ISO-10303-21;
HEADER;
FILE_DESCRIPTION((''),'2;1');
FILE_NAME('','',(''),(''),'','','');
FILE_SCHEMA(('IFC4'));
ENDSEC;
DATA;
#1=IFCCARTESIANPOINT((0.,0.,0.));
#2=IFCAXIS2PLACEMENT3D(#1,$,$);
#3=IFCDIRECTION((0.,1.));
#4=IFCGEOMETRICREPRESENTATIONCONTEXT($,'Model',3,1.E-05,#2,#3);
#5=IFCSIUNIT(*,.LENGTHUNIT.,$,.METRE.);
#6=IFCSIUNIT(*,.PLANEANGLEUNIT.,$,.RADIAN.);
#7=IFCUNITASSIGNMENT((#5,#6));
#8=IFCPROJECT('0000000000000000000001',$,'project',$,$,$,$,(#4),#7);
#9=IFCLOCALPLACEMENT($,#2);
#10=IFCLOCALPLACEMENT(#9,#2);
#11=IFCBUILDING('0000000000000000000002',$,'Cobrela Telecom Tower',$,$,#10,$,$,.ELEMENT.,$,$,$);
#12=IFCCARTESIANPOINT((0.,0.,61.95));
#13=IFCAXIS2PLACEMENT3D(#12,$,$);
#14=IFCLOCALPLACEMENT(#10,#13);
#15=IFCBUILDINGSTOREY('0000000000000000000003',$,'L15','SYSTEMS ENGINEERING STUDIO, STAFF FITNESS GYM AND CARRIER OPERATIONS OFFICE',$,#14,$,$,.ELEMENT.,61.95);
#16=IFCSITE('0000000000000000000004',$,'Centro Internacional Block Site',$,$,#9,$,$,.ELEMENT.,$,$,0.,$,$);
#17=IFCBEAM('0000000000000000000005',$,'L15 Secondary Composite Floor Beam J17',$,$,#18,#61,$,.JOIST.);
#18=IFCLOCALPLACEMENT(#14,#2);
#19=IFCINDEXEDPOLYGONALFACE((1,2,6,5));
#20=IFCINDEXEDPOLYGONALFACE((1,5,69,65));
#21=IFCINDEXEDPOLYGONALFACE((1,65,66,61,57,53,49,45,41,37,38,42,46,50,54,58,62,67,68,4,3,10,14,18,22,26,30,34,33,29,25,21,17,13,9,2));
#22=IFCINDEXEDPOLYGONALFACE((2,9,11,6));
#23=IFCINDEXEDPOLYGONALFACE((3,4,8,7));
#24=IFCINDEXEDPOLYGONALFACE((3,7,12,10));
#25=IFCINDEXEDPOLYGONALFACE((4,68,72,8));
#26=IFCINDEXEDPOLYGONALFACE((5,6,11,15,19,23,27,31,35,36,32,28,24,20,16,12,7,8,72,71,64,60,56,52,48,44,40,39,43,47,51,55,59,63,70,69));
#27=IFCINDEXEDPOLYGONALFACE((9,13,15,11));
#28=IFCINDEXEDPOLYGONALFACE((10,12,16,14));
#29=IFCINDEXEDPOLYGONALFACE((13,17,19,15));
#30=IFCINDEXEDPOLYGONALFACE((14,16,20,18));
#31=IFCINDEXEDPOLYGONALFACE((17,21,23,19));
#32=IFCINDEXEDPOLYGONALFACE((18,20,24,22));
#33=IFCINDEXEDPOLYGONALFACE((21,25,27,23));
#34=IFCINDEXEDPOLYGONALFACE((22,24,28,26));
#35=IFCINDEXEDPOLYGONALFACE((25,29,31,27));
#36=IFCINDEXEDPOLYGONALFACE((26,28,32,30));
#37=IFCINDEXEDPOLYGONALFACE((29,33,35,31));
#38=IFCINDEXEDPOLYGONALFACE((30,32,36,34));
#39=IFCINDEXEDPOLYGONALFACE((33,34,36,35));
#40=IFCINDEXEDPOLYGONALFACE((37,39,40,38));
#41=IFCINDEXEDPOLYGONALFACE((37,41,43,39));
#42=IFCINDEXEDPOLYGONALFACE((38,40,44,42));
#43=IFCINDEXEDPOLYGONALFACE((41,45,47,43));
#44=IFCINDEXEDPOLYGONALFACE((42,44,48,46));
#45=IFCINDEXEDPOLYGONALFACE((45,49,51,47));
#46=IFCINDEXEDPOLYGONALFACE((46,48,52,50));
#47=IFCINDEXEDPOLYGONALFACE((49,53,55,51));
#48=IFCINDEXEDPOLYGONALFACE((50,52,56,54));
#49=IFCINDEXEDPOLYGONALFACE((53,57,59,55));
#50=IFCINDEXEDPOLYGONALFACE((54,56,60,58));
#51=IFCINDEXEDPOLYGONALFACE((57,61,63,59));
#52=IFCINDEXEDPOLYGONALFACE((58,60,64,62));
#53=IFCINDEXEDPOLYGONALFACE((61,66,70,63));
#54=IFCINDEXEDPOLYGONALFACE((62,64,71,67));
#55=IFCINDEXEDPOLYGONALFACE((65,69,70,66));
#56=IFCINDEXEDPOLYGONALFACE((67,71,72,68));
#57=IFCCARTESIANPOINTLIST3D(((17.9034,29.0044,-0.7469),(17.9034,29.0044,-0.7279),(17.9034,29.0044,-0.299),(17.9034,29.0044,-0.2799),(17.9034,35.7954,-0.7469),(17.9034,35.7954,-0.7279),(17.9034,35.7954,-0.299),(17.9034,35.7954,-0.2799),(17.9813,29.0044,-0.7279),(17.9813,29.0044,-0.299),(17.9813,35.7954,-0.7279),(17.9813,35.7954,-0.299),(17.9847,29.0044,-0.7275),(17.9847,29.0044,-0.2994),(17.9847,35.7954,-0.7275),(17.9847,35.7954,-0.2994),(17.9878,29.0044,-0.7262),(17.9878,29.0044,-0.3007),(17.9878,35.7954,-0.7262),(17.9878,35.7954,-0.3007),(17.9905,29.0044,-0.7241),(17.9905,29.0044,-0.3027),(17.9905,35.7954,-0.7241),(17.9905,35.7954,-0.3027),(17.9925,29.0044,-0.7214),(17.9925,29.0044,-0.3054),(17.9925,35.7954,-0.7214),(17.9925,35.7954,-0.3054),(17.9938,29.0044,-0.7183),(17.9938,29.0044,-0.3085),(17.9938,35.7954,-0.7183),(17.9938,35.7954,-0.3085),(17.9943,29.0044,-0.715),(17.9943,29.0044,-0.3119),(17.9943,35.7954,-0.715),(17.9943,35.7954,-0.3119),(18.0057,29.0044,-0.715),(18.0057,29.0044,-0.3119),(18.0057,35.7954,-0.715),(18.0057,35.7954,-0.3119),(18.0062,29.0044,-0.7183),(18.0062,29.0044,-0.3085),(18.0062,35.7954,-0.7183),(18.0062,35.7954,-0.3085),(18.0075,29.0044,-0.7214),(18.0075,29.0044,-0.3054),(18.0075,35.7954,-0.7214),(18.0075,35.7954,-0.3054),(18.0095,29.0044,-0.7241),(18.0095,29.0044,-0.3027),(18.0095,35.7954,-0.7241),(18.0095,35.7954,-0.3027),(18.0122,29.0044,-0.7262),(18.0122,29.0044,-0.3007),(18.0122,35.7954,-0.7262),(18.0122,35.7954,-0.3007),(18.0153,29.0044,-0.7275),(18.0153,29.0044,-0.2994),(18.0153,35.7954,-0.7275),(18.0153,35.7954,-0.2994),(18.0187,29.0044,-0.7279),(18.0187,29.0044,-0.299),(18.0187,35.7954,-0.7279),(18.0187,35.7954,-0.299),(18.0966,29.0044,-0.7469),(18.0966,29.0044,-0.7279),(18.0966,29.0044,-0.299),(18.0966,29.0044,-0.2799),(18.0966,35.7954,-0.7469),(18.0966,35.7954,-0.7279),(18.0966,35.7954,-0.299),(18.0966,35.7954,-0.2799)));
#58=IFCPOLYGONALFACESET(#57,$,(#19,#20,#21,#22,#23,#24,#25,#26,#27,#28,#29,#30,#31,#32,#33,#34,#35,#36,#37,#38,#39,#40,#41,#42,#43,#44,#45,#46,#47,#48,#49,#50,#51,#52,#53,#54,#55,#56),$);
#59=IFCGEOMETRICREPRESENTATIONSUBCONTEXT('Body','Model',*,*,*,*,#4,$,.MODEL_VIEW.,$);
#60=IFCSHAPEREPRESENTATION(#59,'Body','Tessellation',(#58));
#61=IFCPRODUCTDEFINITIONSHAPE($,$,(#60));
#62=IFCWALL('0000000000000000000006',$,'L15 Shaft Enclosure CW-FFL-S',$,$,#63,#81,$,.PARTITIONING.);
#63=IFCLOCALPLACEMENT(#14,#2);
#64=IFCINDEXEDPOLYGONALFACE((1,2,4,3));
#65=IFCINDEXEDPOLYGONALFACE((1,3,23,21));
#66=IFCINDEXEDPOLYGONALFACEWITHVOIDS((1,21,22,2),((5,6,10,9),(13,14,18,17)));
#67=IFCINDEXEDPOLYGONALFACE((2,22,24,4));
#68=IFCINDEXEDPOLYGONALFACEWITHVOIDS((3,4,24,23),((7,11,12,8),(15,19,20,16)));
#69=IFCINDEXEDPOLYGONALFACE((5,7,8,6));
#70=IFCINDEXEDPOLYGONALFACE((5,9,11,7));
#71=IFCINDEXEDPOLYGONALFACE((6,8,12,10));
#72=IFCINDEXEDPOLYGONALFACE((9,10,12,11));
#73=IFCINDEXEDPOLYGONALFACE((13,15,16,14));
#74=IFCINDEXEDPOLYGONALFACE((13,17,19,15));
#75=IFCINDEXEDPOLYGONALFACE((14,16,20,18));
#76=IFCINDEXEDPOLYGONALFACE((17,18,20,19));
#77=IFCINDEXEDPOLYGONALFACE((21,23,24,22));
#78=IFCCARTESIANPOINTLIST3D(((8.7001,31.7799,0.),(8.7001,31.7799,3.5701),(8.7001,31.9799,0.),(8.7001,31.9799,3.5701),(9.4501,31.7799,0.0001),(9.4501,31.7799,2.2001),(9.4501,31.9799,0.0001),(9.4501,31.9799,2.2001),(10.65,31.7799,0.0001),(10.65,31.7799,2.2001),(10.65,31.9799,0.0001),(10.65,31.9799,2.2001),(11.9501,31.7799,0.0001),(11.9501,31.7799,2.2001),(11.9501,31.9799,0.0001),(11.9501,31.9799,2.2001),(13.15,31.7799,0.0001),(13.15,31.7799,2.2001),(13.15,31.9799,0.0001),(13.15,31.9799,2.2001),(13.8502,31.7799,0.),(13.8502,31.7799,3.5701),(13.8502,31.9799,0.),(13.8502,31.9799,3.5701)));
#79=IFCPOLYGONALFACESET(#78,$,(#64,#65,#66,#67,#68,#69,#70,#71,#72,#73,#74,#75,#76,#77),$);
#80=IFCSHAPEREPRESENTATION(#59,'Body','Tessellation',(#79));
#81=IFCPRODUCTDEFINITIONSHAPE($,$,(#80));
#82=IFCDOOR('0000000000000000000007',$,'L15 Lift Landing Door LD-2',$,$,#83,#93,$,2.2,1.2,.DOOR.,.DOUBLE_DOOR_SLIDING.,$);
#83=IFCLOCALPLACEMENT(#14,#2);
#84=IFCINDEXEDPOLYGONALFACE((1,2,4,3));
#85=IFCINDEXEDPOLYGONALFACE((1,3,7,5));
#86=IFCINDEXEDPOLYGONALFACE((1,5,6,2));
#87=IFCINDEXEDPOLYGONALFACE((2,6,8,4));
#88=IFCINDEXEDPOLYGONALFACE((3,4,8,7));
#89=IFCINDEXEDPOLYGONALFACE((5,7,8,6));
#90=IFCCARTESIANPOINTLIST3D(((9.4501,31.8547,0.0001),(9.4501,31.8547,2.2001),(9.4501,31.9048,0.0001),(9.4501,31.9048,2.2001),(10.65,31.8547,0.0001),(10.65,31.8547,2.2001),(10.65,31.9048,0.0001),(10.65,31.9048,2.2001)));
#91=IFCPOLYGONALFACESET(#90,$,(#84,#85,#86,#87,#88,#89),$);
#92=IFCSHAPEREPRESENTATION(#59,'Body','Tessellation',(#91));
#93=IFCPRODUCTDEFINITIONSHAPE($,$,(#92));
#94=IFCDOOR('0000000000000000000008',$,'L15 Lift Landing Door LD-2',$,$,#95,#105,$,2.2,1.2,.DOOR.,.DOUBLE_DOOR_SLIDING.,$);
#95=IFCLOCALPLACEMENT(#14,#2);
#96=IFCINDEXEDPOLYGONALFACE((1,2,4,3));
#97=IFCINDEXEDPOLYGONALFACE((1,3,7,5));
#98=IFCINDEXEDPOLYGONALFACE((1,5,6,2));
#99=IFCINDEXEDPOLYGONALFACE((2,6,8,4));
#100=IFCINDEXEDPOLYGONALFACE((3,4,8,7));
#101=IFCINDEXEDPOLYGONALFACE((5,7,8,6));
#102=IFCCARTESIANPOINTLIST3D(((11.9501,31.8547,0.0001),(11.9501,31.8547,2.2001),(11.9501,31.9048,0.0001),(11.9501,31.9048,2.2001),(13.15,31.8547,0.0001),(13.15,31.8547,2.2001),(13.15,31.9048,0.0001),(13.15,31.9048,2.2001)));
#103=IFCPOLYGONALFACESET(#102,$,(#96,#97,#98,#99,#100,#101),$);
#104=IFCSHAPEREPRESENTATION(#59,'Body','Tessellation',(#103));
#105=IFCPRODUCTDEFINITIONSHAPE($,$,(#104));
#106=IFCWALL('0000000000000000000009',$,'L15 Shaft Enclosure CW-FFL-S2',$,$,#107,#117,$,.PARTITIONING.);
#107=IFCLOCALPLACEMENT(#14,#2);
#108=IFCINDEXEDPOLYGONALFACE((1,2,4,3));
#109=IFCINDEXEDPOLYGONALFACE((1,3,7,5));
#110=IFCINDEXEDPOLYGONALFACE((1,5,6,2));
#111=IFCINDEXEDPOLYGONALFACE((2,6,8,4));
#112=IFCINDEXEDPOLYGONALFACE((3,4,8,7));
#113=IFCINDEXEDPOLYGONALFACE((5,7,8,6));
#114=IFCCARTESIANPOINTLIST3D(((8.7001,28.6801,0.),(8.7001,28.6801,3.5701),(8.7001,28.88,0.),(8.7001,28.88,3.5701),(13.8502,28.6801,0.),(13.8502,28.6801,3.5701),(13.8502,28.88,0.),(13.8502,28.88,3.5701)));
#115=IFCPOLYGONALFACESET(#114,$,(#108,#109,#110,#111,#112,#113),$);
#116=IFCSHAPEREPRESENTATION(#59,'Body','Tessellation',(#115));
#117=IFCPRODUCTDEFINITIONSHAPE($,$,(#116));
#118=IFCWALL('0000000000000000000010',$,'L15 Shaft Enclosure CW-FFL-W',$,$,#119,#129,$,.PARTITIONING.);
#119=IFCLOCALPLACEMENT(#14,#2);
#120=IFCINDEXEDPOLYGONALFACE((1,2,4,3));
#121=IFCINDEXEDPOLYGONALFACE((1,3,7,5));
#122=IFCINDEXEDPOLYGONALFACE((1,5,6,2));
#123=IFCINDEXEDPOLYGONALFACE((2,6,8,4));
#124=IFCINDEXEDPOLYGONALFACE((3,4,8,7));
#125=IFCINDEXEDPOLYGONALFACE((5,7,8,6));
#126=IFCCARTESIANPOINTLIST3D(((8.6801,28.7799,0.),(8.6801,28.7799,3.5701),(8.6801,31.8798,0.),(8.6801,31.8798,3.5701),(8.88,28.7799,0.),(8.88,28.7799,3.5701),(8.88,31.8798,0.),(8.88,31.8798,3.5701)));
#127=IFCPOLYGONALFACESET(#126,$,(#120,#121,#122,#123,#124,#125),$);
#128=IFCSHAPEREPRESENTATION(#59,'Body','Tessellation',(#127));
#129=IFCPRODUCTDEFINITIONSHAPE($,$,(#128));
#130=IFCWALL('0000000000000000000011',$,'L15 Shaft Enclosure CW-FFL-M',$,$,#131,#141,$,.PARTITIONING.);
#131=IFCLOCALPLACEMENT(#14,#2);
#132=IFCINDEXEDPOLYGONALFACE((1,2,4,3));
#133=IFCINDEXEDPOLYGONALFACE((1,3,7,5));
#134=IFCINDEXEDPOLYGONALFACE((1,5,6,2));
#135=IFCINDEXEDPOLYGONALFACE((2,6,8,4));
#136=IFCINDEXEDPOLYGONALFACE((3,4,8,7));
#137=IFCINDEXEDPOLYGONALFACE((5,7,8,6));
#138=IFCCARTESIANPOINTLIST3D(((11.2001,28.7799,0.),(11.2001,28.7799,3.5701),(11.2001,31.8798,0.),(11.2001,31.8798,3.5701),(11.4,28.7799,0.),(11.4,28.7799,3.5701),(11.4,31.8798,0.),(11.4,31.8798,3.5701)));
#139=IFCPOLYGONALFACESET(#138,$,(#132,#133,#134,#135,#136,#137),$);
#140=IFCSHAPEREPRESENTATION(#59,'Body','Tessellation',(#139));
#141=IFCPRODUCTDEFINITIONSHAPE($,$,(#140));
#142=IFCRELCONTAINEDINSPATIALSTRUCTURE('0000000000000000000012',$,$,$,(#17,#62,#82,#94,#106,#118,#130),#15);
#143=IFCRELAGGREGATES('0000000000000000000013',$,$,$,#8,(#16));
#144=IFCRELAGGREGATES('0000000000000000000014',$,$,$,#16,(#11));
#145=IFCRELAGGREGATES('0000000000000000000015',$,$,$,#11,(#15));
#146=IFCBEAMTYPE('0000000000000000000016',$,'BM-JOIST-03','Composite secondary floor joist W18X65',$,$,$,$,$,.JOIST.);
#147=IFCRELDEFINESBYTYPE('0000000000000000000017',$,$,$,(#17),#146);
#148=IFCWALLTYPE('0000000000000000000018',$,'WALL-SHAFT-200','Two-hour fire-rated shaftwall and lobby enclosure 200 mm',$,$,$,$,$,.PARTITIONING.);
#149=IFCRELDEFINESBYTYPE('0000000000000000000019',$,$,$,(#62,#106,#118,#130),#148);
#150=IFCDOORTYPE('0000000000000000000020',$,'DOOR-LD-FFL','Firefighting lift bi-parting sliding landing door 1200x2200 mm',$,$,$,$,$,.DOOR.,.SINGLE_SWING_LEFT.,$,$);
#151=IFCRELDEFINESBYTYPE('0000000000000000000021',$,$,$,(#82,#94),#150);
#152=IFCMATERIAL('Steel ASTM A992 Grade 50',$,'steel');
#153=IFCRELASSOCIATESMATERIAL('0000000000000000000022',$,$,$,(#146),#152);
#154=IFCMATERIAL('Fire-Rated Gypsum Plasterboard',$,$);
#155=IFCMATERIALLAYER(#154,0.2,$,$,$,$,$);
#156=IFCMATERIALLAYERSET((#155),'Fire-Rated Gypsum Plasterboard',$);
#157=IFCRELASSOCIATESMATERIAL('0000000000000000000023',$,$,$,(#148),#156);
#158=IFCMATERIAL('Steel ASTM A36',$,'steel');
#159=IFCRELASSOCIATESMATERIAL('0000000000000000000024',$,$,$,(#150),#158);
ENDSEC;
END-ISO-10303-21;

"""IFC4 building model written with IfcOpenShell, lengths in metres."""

from ifc_helpers import new_model, si_unit, direction, frame, frame_2d, origin, origin_2d, place, context, subcontext, project, spatial, rectangle, i_section, extrude, material, layer, layer_set, material_profile, profile_set, type_object, element, fill, save


model = new_model("IFC4")

# Units and contexts
model_context = context("Model", 3, precision=1e-05, world=origin(), true_north=direction((0.0, 1.0)))
body_context = subcontext(model_context, "Body", "Model", "MODEL_VIEW")
ifc_project = project(units=[si_unit("LENGTHUNIT", "METRE"), si_unit("PLANEANGLEUNIT", "RADIAN")], contexts=[model_context])

# Site, building, storey
site_placement = place(None, origin())
site = spatial("IfcSite", under=ifc_project, at=site_placement, Name="Centro Internacional Block Site", CompositionType="ELEMENT", RefElevation=0.0)
building_placement = place(site_placement, origin())
building = spatial("IfcBuilding", under=site, at=building_placement, Name="Cobrela Telecom Tower", CompositionType="ELEMENT")
storey_placement = place(building_placement, frame((0.0, 0.0, 61.95)))
storey = spatial("IfcBuildingStorey", under=building, at=storey_placement, Name="L15", Description="SYSTEMS ENGINEERING STUDIO, STAFF FITNESS GYM AND CARRIER OPERATIONS OFFICE", CompositionType="ELEMENT", Elevation=61.95)

# Beam
ifc_material_1 = material(Name="Steel ASTM A992 Grade 50", Category="steel")
ifc_material_profile_1 = material_profile(ifc_material_1, i_section(OverallWidth=0.1931, OverallDepth=0.467, WebThickness=0.0115, FlangeThickness=0.019, FilletRadius=0.0129, at=origin_2d()), Name="W18X65")
ifc_profile_set_1 = profile_set([ifc_material_profile_1], Name="Steel ASTM A992 Grade 50")
beam_type_1 = type_object("IfcBeamType", Name="BM-JOIST-03", Description="Composite secondary floor joist W18X65", PredefinedType="JOIST", material=ifc_profile_set_1)
for number, where, z_axis, x_axis, name in (
    (1, (18.0, 29.0044, -0.5134), (0.0, 1.0, 0.0), (-1.0, 0.0, 0.0), "L15 Secondary Composite Floor Beam J17"),
):
    element("IfcBeam", number, at=place(storey_placement, frame(where, z_axis=z_axis, x_axis=x_axis)), inside=storey, type_object=beam_type_1, Name=name, PredefinedType="JOIST", context=body_context, shape_type="SweptSolid", body=[
        extrude(i_section(OverallWidth=0.1931, OverallDepth=0.467, WebThickness=0.0115, FlangeThickness=0.019, FilletRadius=0.0129, at=origin_2d()), origin(), (0.0, 0.0, 1.0), 6.791),
    ])

# Wall, openings, doors
ifc_material_2 = material(Name="Steel ASTM A36", Category="steel")
ifc_material_3 = material(Name="Fire-Rated Gypsum Plasterboard")
ifc_layer_1 = layer(ifc_material_3, 0.2)
ifc_layer_set_1 = layer_set([ifc_layer_1], Name="Fire-Rated Gypsum Plasterboard")
wall_type_1 = type_object("IfcWallType", Name="WALL-SHAFT-200", Description="Two-hour fire-rated shaftwall and lobby enclosure 200 mm", PredefinedType="PARTITIONING", material=ifc_layer_set_1)
wall_1_placement = place(storey_placement, frame((8.7, 31.8799, 0.0), z_axis=(0.0, 0.0, 1.0), x_axis=(1.0, 0.0, 0.0)))
wall_1 = element("IfcWall", 2, at=wall_1_placement, inside=storey, type_object=wall_type_1, Name="L15 Shaft Enclosure CW-FFL-S", PredefinedType="PARTITIONING", context=body_context, shape_type="SweptSolid", body=[
    extrude(rectangle(XDim=5.1501, YDim=0.2, at=frame_2d((2.5752, 0.0))), origin(), (0.0, 0.0, 1.0), 3.5701),
])
opening_1_placement = place(wall_1_placement, frame((0.75, 0.0, 0.0)))
opening_1 = element("IfcOpeningElement", 3, at=opening_1_placement, cuts=wall_1, PredefinedType="OPENING", context=body_context, shape_type="SweptSolid", body=[
    extrude(rectangle(XDim=1.2, YDim=2.2, at=frame_2d((0.6001, 1.1001))), frame((0.0, 0.1118, 0.0), z_axis=(0.0, -1.0, 0.0), x_axis=(1.0, 0.0, 0.0)), (0.0, 0.0, 1.0), 0.2239),
])
opening_2_placement = place(wall_1_placement, frame((3.25, 0.0, 0.0)))
opening_2 = element("IfcOpeningElement", 4, at=opening_2_placement, cuts=wall_1, PredefinedType="OPENING", context=body_context, shape_type="SweptSolid", body=[
    extrude(rectangle(XDim=1.2, YDim=2.2, at=frame_2d((0.6001, 1.1001))), frame((0.0, 0.1118, 0.0), z_axis=(0.0, -1.0, 0.0), x_axis=(1.0, 0.0, 0.0)), (0.0, 0.0, 1.0), 0.2239),
])
door_type_1 = type_object("IfcDoorType", Name="DOOR-LD-FFL", Description="Firefighting lift bi-parting sliding landing door 1200x2200 mm", OperationType="SINGLE_SWING_LEFT", PredefinedType="DOOR", material=ifc_material_2)
door_1_placement = place(opening_1_placement, origin())
door_1 = element("IfcDoor", 5, at=door_1_placement, inside=storey, type_object=door_type_1, Name="L15 Lift Landing Door LD-2", OperationType="DOUBLE_DOOR_SLIDING", OverallHeight=2.2, OverallWidth=1.2, PredefinedType="DOOR", context=body_context, shape_type="SweptSolid", body=[
    extrude(rectangle(XDim=1.2, YDim=2.2, at=frame_2d((0.6001, 1.1001))), frame((0.0, 0.0249, 0.0), z_axis=(0.0, -1.0, 0.0), x_axis=(1.0, 0.0, 0.0)), (0.0, 0.0, 1.0), 0.05),
])
fill(opening_1, door_1)
door_2_placement = place(opening_2_placement, origin())
door_2 = element("IfcDoor", 6, at=door_2_placement, inside=storey, type_object=door_type_1, Name="L15 Lift Landing Door LD-2", OperationType="DOUBLE_DOOR_SLIDING", OverallHeight=2.2, OverallWidth=1.2, PredefinedType="DOOR", context=body_context, shape_type="SweptSolid", body=[
    extrude(rectangle(XDim=1.2, YDim=2.2, at=frame_2d((0.6001, 1.1001))), frame((0.0, 0.0249, 0.0), z_axis=(0.0, -1.0, 0.0), x_axis=(1.0, 0.0, 0.0)), (0.0, 0.0, 1.0), 0.05),
])
fill(opening_2, door_2)

# Walls
wall_2_placement = place(storey_placement, frame((8.7, 28.78, 0.0), z_axis=(0.0, 0.0, 1.0), x_axis=(1.0, 0.0, 0.0)))
element("IfcWall", 7, at=wall_2_placement, inside=storey, type_object=wall_type_1, Name="L15 Shaft Enclosure CW-FFL-S2", PredefinedType="PARTITIONING", context=body_context, shape_type="SweptSolid", body=[
    extrude(rectangle(XDim=5.1501, YDim=0.2, at=frame_2d((2.5752, 0.0))), origin(), (0.0, 0.0, 1.0), 3.5701),
])
for number, where, z_axis, x_axis, name in (
    (8, (8.78, 28.78, 0.0), (0.0, 0.0, 1.0), (0.0, 1.0, 0.0), "L15 Shaft Enclosure CW-FFL-W"),
    (9, (11.3, 28.78, 0.0), (0.0, 0.0, 1.0), (0.0, 1.0, 0.0), "L15 Shaft Enclosure CW-FFL-M"),
):
    element("IfcWall", number, at=place(storey_placement, frame(where, z_axis=z_axis, x_axis=x_axis)), inside=storey, type_object=wall_type_1, Name=name, PredefinedType="PARTITIONING", context=body_context, shape_type="SweptSolid", body=[
        extrude(rectangle(XDim=3.0999, YDim=0.2, at=frame_2d((1.5498, 0.0))), origin(), (0.0, 0.0, 1.0), 3.5701),
    ])

save(model, "model.ifc")
